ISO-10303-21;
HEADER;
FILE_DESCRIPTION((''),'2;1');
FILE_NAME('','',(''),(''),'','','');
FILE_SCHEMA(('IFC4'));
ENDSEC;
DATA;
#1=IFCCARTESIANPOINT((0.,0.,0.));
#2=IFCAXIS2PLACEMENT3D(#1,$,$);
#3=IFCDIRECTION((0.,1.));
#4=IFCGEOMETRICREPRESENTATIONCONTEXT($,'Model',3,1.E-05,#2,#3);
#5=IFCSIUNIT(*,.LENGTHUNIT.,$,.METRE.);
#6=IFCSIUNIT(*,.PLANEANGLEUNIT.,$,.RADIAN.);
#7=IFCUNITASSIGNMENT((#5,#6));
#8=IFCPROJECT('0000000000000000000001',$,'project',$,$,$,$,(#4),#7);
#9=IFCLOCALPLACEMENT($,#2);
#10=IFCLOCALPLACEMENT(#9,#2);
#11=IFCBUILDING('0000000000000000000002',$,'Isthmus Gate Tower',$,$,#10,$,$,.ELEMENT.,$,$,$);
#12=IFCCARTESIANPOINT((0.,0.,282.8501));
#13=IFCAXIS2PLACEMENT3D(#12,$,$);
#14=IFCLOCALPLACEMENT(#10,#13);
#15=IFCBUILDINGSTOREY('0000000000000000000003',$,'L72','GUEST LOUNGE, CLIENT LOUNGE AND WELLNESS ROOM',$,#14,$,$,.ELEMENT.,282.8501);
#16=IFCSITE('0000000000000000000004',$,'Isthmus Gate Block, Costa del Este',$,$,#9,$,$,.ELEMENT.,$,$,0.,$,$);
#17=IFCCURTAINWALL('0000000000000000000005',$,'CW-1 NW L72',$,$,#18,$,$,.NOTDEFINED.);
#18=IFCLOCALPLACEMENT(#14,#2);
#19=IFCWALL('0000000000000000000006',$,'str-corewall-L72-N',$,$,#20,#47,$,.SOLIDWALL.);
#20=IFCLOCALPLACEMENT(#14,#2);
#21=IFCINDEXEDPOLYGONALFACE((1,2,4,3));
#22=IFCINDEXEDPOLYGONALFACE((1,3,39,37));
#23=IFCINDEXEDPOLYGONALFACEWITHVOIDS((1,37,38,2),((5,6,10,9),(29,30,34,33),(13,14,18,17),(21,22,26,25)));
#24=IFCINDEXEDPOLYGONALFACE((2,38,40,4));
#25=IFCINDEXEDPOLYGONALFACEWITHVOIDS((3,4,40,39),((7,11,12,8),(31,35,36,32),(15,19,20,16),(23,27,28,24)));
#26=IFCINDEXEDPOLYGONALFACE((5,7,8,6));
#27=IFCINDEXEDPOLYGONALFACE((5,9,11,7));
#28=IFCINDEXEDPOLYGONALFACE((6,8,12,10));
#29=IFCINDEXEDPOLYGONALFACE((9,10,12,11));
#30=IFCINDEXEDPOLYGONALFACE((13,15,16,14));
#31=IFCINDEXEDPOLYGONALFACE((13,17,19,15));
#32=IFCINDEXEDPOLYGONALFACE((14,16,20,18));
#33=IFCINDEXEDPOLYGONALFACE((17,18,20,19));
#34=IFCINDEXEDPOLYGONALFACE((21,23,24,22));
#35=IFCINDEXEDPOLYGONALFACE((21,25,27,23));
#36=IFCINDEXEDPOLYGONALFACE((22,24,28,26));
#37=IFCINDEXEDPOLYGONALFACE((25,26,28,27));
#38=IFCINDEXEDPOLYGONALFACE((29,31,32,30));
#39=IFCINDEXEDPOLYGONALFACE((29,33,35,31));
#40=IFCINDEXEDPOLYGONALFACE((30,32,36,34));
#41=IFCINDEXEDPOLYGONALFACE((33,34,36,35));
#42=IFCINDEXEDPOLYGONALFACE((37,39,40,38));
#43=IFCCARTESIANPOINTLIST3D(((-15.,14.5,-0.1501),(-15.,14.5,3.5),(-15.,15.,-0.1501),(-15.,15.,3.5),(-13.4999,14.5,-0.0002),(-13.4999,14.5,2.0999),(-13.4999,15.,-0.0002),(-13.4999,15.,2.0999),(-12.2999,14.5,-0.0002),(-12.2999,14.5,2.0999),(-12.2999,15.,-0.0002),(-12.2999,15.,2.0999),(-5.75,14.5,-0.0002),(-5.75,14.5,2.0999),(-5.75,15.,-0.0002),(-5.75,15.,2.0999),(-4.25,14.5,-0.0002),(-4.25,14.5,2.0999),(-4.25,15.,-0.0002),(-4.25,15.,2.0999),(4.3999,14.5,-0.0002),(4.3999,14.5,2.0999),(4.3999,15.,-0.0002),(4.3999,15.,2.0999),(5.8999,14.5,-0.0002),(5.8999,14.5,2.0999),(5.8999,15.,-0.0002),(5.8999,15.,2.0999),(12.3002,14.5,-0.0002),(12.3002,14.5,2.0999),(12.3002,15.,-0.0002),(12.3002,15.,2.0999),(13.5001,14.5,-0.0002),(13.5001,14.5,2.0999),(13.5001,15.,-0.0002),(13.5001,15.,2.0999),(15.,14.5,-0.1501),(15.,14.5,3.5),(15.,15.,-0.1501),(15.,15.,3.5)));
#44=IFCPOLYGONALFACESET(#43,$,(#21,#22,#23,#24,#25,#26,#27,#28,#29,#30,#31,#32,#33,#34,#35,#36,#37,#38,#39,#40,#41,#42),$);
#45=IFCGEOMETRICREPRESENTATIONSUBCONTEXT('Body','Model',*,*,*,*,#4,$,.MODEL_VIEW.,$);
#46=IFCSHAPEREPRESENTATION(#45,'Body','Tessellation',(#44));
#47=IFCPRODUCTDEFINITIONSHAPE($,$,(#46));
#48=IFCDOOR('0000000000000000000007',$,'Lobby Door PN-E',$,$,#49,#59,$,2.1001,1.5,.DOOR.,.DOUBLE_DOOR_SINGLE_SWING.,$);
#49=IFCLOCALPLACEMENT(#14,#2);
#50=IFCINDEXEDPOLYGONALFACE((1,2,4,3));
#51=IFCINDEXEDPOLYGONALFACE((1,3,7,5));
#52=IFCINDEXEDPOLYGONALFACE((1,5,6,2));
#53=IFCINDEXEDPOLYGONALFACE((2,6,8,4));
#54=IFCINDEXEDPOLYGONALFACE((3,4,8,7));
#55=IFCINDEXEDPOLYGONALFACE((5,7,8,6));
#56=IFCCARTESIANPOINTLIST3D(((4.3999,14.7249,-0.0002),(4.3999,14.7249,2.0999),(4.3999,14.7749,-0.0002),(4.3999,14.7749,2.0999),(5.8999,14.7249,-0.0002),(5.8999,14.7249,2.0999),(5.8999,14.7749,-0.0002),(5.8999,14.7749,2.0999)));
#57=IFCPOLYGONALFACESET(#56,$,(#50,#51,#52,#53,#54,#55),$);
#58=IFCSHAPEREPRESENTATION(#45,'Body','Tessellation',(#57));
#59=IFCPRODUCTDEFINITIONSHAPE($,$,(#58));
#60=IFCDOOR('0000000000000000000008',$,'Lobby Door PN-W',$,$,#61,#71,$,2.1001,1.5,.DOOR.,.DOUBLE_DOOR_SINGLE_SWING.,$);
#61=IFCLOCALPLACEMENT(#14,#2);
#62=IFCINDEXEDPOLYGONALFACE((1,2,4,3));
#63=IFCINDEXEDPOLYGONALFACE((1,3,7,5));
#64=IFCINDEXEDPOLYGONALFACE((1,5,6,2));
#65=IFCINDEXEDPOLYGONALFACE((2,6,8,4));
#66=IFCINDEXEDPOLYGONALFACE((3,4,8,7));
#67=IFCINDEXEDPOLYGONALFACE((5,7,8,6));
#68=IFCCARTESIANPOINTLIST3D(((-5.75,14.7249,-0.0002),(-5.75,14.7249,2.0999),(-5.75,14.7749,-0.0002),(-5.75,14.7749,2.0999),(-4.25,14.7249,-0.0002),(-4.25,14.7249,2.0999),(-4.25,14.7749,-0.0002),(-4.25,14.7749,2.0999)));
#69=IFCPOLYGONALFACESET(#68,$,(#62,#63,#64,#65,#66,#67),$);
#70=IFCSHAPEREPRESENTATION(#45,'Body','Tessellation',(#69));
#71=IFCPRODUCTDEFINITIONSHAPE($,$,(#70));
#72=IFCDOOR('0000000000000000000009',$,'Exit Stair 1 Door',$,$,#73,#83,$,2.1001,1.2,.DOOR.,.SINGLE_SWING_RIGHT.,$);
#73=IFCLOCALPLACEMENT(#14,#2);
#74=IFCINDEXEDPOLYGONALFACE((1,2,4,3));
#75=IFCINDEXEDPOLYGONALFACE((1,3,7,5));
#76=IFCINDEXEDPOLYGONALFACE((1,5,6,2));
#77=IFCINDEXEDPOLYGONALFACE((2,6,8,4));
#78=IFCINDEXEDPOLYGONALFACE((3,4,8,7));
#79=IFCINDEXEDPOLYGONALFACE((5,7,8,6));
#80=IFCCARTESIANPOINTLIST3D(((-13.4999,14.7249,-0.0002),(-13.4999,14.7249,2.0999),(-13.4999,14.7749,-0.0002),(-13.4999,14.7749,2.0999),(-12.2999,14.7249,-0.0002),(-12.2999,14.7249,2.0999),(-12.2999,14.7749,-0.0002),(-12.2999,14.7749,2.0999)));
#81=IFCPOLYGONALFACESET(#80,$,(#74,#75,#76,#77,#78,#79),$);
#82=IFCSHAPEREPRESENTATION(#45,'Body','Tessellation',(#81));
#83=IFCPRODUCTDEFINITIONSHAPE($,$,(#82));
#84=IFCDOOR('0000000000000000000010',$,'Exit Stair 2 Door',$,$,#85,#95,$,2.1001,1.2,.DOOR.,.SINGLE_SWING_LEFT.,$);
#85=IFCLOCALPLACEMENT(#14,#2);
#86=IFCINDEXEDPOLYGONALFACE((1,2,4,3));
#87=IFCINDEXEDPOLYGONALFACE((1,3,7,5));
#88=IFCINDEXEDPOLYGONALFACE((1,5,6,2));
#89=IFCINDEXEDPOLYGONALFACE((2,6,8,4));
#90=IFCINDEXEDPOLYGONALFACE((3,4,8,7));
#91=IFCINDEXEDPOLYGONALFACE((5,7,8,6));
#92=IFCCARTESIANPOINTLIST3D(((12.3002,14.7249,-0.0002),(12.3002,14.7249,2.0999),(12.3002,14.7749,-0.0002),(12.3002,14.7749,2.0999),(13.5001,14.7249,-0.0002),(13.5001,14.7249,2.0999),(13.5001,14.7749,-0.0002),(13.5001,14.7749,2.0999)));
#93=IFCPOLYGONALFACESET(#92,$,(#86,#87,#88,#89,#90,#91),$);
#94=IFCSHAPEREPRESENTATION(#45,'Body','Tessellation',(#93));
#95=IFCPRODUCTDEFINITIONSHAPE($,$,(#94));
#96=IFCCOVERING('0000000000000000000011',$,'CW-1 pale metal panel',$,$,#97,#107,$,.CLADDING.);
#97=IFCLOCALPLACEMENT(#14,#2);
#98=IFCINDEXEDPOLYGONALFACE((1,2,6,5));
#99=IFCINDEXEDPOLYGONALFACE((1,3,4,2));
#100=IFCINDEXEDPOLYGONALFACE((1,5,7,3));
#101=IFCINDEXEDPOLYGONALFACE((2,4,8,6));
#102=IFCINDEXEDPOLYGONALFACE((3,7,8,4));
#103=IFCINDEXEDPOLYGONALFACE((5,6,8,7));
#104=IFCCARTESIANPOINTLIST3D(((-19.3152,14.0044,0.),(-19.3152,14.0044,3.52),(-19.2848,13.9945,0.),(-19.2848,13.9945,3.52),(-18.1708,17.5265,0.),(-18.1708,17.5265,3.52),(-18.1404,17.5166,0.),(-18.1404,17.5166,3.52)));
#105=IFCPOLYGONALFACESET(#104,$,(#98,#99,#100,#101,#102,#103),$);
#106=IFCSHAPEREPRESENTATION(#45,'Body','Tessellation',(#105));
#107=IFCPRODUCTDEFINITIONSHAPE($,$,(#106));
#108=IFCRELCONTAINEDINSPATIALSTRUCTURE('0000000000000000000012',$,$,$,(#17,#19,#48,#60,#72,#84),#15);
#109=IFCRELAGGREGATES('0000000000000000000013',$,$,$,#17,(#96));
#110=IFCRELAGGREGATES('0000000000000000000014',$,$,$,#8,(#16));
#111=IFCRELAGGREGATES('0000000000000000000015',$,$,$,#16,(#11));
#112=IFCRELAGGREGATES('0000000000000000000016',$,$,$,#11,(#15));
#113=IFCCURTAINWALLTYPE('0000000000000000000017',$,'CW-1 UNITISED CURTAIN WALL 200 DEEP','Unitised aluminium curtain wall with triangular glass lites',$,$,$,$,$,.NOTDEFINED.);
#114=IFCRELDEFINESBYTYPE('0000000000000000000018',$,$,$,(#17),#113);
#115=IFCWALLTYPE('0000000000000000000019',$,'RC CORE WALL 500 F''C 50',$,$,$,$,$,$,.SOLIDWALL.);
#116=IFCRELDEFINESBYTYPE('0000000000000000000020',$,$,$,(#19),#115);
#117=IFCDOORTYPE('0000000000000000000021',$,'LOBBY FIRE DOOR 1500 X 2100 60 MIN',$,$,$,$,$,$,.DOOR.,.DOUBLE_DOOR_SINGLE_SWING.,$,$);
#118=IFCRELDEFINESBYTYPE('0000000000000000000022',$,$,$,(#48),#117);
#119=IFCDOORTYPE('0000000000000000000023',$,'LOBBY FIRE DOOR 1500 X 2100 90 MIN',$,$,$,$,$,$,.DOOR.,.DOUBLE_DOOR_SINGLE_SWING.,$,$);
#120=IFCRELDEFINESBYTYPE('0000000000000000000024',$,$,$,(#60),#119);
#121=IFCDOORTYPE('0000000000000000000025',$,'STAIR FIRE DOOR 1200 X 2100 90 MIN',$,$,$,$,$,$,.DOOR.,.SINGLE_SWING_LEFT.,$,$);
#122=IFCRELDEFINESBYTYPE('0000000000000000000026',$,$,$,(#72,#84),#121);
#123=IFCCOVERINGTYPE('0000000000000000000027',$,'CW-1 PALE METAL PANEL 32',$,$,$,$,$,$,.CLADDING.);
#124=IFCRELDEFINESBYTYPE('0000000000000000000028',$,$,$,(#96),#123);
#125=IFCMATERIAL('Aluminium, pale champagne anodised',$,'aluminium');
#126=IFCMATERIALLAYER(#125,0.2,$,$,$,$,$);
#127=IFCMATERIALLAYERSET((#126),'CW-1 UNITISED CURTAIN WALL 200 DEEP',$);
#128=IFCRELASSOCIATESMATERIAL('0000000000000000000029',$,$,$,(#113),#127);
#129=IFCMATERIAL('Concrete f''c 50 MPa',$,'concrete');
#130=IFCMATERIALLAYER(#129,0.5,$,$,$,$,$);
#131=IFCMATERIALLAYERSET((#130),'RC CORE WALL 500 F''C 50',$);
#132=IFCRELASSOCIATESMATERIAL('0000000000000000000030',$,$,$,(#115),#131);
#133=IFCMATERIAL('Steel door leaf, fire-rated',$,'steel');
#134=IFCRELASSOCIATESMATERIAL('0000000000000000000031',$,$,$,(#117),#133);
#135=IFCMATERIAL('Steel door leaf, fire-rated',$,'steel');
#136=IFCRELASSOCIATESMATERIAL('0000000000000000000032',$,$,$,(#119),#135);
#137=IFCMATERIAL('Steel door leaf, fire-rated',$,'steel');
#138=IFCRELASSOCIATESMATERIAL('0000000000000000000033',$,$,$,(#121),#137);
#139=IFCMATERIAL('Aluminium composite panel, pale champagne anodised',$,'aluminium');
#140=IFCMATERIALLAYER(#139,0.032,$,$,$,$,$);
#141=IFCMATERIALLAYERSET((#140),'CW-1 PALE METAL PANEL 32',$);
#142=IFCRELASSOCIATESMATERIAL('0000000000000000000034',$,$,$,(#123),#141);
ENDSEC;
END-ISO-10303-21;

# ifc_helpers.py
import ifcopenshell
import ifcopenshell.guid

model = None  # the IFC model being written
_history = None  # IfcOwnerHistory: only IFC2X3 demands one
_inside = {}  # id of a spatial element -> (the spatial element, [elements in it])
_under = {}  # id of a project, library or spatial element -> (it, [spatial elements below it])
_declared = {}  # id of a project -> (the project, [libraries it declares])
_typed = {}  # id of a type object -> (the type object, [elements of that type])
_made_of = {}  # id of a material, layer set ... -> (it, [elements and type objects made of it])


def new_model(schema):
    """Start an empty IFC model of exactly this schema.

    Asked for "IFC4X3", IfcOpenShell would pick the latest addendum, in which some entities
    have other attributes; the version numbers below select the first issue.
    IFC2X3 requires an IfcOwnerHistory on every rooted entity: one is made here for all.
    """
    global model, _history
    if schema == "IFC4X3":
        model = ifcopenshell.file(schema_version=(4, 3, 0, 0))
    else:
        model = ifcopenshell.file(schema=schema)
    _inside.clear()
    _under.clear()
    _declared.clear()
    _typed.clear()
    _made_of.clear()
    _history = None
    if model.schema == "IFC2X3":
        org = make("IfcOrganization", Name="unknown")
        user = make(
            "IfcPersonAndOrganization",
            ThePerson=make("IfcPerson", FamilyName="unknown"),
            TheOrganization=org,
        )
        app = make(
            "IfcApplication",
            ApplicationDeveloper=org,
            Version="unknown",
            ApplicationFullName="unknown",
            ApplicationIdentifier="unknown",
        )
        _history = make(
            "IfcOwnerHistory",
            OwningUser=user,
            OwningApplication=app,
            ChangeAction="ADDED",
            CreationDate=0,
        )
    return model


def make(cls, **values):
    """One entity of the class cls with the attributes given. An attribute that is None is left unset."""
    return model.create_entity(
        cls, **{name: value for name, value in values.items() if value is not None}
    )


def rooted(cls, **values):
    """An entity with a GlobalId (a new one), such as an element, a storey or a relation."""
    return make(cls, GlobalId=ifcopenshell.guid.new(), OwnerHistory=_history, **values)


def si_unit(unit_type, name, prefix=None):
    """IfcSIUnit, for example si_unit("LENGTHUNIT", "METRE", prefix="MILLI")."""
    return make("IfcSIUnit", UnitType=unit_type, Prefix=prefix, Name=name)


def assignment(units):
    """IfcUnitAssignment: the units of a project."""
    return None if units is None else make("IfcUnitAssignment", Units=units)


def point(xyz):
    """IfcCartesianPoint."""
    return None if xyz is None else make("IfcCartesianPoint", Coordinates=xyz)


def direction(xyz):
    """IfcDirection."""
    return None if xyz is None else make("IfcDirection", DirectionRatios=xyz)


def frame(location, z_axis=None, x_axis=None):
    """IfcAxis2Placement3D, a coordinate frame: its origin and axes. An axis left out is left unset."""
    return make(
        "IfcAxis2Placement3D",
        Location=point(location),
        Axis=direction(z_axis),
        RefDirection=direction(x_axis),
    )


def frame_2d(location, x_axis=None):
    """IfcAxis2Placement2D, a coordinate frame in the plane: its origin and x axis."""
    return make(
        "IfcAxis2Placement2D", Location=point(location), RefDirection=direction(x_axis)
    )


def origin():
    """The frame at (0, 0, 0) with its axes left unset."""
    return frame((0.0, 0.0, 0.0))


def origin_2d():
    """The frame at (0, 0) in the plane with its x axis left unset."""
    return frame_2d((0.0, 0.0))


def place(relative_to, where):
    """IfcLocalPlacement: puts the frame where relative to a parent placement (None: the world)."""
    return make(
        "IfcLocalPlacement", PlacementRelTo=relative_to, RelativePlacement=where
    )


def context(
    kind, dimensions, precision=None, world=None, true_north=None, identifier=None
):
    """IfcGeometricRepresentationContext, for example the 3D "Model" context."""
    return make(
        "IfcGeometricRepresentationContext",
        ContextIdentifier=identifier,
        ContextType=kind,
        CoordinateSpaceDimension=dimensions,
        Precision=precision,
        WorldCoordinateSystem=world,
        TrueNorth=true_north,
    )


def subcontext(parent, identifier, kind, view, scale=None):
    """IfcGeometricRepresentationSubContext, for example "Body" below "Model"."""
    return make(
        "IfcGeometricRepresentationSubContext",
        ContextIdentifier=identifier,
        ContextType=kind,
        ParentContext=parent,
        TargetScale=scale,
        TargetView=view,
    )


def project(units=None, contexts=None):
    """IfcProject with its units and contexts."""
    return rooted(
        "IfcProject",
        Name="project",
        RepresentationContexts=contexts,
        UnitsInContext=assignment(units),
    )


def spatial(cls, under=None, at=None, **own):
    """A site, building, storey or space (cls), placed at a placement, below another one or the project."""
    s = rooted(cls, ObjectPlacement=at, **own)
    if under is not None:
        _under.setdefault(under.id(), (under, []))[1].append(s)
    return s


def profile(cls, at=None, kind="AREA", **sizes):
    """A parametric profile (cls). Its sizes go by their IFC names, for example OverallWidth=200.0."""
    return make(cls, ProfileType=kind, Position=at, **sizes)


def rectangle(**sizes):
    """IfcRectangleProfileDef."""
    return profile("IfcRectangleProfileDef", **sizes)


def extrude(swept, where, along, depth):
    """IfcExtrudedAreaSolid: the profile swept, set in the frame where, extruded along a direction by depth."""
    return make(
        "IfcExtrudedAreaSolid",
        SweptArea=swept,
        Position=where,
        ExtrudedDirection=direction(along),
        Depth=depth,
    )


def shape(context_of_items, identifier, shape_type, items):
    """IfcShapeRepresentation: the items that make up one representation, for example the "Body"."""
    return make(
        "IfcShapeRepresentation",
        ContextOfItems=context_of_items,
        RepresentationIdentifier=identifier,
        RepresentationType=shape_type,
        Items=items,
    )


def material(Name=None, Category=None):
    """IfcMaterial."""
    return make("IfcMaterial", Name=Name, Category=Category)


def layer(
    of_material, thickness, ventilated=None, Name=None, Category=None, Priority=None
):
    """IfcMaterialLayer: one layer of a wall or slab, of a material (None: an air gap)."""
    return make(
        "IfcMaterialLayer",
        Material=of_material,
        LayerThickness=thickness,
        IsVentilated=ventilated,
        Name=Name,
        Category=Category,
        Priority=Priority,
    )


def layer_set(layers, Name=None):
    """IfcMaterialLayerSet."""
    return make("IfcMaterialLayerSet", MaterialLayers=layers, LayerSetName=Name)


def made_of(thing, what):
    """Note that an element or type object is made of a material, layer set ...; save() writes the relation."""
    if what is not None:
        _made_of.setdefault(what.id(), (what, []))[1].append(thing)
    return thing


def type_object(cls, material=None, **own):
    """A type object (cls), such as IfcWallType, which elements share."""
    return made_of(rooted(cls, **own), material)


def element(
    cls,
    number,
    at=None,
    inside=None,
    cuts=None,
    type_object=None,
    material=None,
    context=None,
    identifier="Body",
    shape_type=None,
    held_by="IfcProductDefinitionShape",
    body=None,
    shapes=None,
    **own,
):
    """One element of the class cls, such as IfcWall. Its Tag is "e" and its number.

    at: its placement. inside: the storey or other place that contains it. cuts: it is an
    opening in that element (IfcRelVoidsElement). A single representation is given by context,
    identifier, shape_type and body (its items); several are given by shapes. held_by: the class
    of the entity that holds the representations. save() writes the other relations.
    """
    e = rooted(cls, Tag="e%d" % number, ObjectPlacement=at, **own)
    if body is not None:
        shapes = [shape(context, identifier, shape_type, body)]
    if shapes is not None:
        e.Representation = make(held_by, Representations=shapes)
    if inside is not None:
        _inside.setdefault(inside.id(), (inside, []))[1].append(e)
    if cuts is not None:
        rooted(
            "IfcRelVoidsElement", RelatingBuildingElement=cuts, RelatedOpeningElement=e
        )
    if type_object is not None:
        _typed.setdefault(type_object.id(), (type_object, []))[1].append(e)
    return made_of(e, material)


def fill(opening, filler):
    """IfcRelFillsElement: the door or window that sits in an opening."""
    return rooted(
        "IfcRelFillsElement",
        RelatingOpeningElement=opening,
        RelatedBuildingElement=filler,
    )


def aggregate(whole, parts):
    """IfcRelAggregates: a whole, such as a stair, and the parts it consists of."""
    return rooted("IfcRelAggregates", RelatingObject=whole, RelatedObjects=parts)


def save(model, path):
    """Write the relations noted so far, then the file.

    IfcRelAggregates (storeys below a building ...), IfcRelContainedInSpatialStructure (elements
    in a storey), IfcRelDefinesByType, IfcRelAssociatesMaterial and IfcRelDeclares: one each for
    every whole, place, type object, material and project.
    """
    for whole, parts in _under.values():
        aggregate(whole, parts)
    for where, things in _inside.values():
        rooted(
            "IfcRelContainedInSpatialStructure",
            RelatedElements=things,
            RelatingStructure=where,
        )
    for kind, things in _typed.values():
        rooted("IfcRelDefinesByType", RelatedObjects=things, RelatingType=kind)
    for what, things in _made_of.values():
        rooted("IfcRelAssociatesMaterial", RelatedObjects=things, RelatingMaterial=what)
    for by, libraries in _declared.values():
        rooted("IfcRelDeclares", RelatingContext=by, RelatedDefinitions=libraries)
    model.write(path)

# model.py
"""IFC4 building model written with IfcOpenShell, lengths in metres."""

from ifc_helpers import new_model, si_unit, direction, frame, frame_2d, origin, origin_2d, place, context, subcontext, project, spatial, rectangle, extrude, material, layer, layer_set, type_object, element, fill, aggregate, save


model = new_model("IFC4")

# Units and contexts
model_context = context("Model", 3, precision=1e-05, world=origin(), true_north=direction((0.0, 1.0)))
body_context = subcontext(model_context, "Body", "Model", "MODEL_VIEW")
ifc_project = project(units=[si_unit("LENGTHUNIT", "METRE"), si_unit("PLANEANGLEUNIT", "RADIAN")], contexts=[model_context])

# Site, building, storey
site_placement = place(None, origin())
site = spatial("IfcSite", under=ifc_project, at=site_placement, Name="Isthmus Gate Block, Costa del Este", CompositionType="ELEMENT", RefElevation=0.0)
building_placement = place(site_placement, origin())
building = spatial("IfcBuilding", under=site, at=building_placement, Name="Isthmus Gate Tower", CompositionType="ELEMENT")
storey_placement = place(building_placement, frame((0.0, 0.0, 282.8501)))
storey = spatial("IfcBuildingStorey", under=building, at=storey_placement, Name="L72", Description="GUEST LOUNGE, CLIENT LOUNGE AND WELLNESS ROOM", CompositionType="ELEMENT", Elevation=282.8501)

# Shared definitions
ifc_material_1 = material(Name="Aluminium, pale champagne anodised", Category="aluminium")
ifc_layer_1 = layer(ifc_material_1, 0.2)
ifc_layer_set_1 = layer_set([ifc_layer_1], Name="CW-1 UNITISED CURTAIN WALL 200 DEEP")
curtain_wall_type = type_object("IfcCurtainWallType", Name="CW-1 UNITISED CURTAIN WALL 200 DEEP", Description="Unitised aluminium curtain wall with triangular glass lites", PredefinedType="NOTDEFINED", material=ifc_layer_set_1)

# Curtain wall
curtain_wall_1_placement = place(storey_placement, origin())
curtain_wall_1 = element("IfcCurtainWall", 1, at=curtain_wall_1_placement, inside=storey, type_object=curtain_wall_type, Name="CW-1 NW L72", PredefinedType="NOTDEFINED")

# Wall, openings, doors
ifc_material_2 = material(Name="Concrete f'c 50 MPa", Category="concrete")
ifc_layer_2 = layer(ifc_material_2, 0.5)
ifc_layer_set_2 = layer_set([ifc_layer_2], Name="RC CORE WALL 500 F'C 50")
wall_type_1 = type_object("IfcWallType", Name="RC CORE WALL 500 F'C 50", PredefinedType="SOLIDWALL", material=ifc_layer_set_2)
wall_1_placement = place(storey_placement, frame((-15.0, 14.75, -0.1501), z_axis=(0.0, 0.0, 1.0), x_axis=(1.0, 0.0, 0.0)))
wall_1 = element("IfcWall", 2, at=wall_1_placement, inside=storey, type_object=wall_type_1, Name="str-corewall-L72-N", PredefinedType="SOLIDWALL", context=body_context, shape_type="SweptSolid", body=[
    extrude(rectangle(XDim=30.0, YDim=0.5, at=frame_2d((15.0, 0.0))), origin(), (0.0, 0.0, 1.0), 3.6501),
])
opening_1_placement = place(wall_1_placement, frame((9.25, 0.0, 0.1499)))
opening_1 = element("IfcOpeningElement", 3, at=opening_1_placement, cuts=wall_1, PredefinedType="OPENING", context=body_context, shape_type="SweptSolid", body=[
    extrude(rectangle(XDim=1.5, YDim=2.1001, at=frame_2d((0.75, 1.05))), frame((0.0, 0.26, 0.0), z_axis=(0.0, -1.0, 0.0), x_axis=(1.0, 0.0, 0.0)), (0.0, 0.0, 1.0), 0.52),
])
opening_2_placement = place(wall_1_placement, frame((19.3999, 0.0, 0.1499)))
opening_2 = element("IfcOpeningElement", 4, at=opening_2_placement, cuts=wall_1, PredefinedType="OPENING", context=body_context, shape_type="SweptSolid", body=[
    extrude(rectangle(XDim=1.5, YDim=2.1001, at=frame_2d((0.75, 1.05))), frame((0.0, 0.26, 0.0), z_axis=(0.0, -1.0, 0.0), x_axis=(1.0, 0.0, 0.0)), (0.0, 0.0, 1.0), 0.52),
])
opening_3_placement = place(wall_1_placement, frame((1.5, 0.0, 0.1499)))
opening_3 = element("IfcOpeningElement", 5, at=opening_3_placement, cuts=wall_1, PredefinedType="OPENING", context=body_context, shape_type="SweptSolid", body=[
    extrude(rectangle(XDim=1.2, YDim=2.1001, at=frame_2d((0.6001, 1.05))), frame((0.0, 0.26, 0.0), z_axis=(0.0, -1.0, 0.0), x_axis=(1.0, 0.0, 0.0)), (0.0, 0.0, 1.0), 0.52),
])
opening_4_placement = place(wall_1_placement, frame((27.3, 0.0, 0.1499)))
opening_4 = element("IfcOpeningElement", 6, at=opening_4_placement, cuts=wall_1, PredefinedType="OPENING", context=body_context, shape_type="SweptSolid", body=[
    extrude(rectangle(XDim=1.2, YDim=2.1001, at=frame_2d((0.6001, 1.05))), frame((0.0, 0.26, 0.0), z_axis=(0.0, -1.0, 0.0), x_axis=(1.0, 0.0, 0.0)), (0.0, 0.0, 1.0), 0.52),
])
ifc_material_3 = material(Name="Steel door leaf, fire-rated", Category="steel")
door_type_1 = type_object("IfcDoorType", Name="LOBBY FIRE DOOR 1500 X 2100 60 MIN", OperationType="DOUBLE_DOOR_SINGLE_SWING", PredefinedType="DOOR", material=ifc_material_3)
door_1_placement = place(opening_2_placement, origin())
door_1 = element("IfcDoor", 7, at=door_1_placement, inside=storey, type_object=door_type_1, Name="Lobby Door PN-E", OperationType="DOUBLE_DOOR_SINGLE_SWING", OverallHeight=2.1001, OverallWidth=1.5, PredefinedType="DOOR", context=body_context, shape_type="SweptSolid", body=[
    extrude(rectangle(XDim=1.5, YDim=2.1001, at=frame_2d((0.75, 1.05))), frame((0.0, 0.0249, 0.0), z_axis=(0.0, -1.0, 0.0), x_axis=(1.0, 0.0, 0.0)), (0.0, 0.0, 1.0), 0.05),
])
fill(opening_2, door_1)
ifc_material_4 = material(Name="Steel door leaf, fire-rated", Category="steel")
door_type_2 = type_object("IfcDoorType", Name="LOBBY FIRE DOOR 1500 X 2100 90 MIN", OperationType="DOUBLE_DOOR_SINGLE_SWING", PredefinedType="DOOR", material=ifc_material_4)
door_2_placement = place(opening_1_placement, origin())
door_2 = element("IfcDoor", 8, at=door_2_placement, inside=storey, type_object=door_type_2, Name="Lobby Door PN-W", OperationType="DOUBLE_DOOR_SINGLE_SWING", OverallHeight=2.1001, OverallWidth=1.5, PredefinedType="DOOR", context=body_context, shape_type="SweptSolid", body=[
    extrude(rectangle(XDim=1.5, YDim=2.1001, at=frame_2d((0.75, 1.05))), frame((0.0, 0.0249, 0.0), z_axis=(0.0, -1.0, 0.0), x_axis=(1.0, 0.0, 0.0)), (0.0, 0.0, 1.0), 0.05),
])
fill(opening_1, door_2)
ifc_material_5 = material(Name="Steel door leaf, fire-rated", Category="steel")
door_type_3 = type_object("IfcDoorType", Name="STAIR FIRE DOOR 1200 X 2100 90 MIN", OperationType="SINGLE_SWING_LEFT", PredefinedType="DOOR", material=ifc_material_5)
door_3_placement = place(opening_3_placement, origin())
door_3 = element("IfcDoor", 9, at=door_3_placement, inside=storey, type_object=door_type_3, Name="Exit Stair 1 Door", OperationType="SINGLE_SWING_RIGHT", OverallHeight=2.1001, OverallWidth=1.2, PredefinedType="DOOR", context=body_context, shape_type="SweptSolid", body=[
    extrude(rectangle(XDim=1.2, YDim=2.1001, at=frame_2d((0.6001, 1.05))), frame((0.0, 0.0249, 0.0), z_axis=(0.0, -1.0, 0.0), x_axis=(1.0, 0.0, 0.0)), (0.0, 0.0, 1.0), 0.05),
])
fill(opening_3, door_3)
door_4_placement = place(opening_4_placement, origin())
door_4 = element("IfcDoor", 10, at=door_4_placement, inside=storey, type_object=door_type_3, Name="Exit Stair 2 Door", OperationType="SINGLE_SWING_LEFT", OverallHeight=2.1001, OverallWidth=1.2, PredefinedType="DOOR", context=body_context, shape_type="SweptSolid", body=[
    extrude(rectangle(XDim=1.2, YDim=2.1001, at=frame_2d((0.6001, 1.05))), frame((0.0, 0.0249, 0.0), z_axis=(0.0, -1.0, 0.0), x_axis=(1.0, 0.0, 0.0)), (0.0, 0.0, 1.0), 0.05),
])
fill(opening_4, door_4)

# Covering
ifc_material_6 = material(Name="Aluminium composite panel, pale champagne anodised", Category="aluminium")
ifc_layer_3 = layer(ifc_material_6, 0.032)
ifc_layer_set_3 = layer_set([ifc_layer_3], Name="CW-1 PALE METAL PANEL 32")
covering_type = type_object("IfcCoveringType", Name="CW-1 PALE METAL PANEL 32", PredefinedType="CLADDING", material=ifc_layer_set_3)
covering_placement = place(storey_placement, frame((-18.7278, 15.7605, 0.0), z_axis=(0.0, 0.0, 1.0), x_axis=(-0.309017, -0.951057, 0.0)))
covering = element("IfcCovering", 11, at=covering_placement, type_object=covering_type, Name="CW-1 pale metal panel", PredefinedType="CLADDING", context=body_context, shape_type="SweptSolid", body=[
    extrude(rectangle(XDim=3.7034, YDim=0.032, at=origin_2d()), origin(), (0.0, 0.0, 1.0), 3.52),
])
aggregate(curtain_wall_1, [covering])

save(model, "model.ifc")
